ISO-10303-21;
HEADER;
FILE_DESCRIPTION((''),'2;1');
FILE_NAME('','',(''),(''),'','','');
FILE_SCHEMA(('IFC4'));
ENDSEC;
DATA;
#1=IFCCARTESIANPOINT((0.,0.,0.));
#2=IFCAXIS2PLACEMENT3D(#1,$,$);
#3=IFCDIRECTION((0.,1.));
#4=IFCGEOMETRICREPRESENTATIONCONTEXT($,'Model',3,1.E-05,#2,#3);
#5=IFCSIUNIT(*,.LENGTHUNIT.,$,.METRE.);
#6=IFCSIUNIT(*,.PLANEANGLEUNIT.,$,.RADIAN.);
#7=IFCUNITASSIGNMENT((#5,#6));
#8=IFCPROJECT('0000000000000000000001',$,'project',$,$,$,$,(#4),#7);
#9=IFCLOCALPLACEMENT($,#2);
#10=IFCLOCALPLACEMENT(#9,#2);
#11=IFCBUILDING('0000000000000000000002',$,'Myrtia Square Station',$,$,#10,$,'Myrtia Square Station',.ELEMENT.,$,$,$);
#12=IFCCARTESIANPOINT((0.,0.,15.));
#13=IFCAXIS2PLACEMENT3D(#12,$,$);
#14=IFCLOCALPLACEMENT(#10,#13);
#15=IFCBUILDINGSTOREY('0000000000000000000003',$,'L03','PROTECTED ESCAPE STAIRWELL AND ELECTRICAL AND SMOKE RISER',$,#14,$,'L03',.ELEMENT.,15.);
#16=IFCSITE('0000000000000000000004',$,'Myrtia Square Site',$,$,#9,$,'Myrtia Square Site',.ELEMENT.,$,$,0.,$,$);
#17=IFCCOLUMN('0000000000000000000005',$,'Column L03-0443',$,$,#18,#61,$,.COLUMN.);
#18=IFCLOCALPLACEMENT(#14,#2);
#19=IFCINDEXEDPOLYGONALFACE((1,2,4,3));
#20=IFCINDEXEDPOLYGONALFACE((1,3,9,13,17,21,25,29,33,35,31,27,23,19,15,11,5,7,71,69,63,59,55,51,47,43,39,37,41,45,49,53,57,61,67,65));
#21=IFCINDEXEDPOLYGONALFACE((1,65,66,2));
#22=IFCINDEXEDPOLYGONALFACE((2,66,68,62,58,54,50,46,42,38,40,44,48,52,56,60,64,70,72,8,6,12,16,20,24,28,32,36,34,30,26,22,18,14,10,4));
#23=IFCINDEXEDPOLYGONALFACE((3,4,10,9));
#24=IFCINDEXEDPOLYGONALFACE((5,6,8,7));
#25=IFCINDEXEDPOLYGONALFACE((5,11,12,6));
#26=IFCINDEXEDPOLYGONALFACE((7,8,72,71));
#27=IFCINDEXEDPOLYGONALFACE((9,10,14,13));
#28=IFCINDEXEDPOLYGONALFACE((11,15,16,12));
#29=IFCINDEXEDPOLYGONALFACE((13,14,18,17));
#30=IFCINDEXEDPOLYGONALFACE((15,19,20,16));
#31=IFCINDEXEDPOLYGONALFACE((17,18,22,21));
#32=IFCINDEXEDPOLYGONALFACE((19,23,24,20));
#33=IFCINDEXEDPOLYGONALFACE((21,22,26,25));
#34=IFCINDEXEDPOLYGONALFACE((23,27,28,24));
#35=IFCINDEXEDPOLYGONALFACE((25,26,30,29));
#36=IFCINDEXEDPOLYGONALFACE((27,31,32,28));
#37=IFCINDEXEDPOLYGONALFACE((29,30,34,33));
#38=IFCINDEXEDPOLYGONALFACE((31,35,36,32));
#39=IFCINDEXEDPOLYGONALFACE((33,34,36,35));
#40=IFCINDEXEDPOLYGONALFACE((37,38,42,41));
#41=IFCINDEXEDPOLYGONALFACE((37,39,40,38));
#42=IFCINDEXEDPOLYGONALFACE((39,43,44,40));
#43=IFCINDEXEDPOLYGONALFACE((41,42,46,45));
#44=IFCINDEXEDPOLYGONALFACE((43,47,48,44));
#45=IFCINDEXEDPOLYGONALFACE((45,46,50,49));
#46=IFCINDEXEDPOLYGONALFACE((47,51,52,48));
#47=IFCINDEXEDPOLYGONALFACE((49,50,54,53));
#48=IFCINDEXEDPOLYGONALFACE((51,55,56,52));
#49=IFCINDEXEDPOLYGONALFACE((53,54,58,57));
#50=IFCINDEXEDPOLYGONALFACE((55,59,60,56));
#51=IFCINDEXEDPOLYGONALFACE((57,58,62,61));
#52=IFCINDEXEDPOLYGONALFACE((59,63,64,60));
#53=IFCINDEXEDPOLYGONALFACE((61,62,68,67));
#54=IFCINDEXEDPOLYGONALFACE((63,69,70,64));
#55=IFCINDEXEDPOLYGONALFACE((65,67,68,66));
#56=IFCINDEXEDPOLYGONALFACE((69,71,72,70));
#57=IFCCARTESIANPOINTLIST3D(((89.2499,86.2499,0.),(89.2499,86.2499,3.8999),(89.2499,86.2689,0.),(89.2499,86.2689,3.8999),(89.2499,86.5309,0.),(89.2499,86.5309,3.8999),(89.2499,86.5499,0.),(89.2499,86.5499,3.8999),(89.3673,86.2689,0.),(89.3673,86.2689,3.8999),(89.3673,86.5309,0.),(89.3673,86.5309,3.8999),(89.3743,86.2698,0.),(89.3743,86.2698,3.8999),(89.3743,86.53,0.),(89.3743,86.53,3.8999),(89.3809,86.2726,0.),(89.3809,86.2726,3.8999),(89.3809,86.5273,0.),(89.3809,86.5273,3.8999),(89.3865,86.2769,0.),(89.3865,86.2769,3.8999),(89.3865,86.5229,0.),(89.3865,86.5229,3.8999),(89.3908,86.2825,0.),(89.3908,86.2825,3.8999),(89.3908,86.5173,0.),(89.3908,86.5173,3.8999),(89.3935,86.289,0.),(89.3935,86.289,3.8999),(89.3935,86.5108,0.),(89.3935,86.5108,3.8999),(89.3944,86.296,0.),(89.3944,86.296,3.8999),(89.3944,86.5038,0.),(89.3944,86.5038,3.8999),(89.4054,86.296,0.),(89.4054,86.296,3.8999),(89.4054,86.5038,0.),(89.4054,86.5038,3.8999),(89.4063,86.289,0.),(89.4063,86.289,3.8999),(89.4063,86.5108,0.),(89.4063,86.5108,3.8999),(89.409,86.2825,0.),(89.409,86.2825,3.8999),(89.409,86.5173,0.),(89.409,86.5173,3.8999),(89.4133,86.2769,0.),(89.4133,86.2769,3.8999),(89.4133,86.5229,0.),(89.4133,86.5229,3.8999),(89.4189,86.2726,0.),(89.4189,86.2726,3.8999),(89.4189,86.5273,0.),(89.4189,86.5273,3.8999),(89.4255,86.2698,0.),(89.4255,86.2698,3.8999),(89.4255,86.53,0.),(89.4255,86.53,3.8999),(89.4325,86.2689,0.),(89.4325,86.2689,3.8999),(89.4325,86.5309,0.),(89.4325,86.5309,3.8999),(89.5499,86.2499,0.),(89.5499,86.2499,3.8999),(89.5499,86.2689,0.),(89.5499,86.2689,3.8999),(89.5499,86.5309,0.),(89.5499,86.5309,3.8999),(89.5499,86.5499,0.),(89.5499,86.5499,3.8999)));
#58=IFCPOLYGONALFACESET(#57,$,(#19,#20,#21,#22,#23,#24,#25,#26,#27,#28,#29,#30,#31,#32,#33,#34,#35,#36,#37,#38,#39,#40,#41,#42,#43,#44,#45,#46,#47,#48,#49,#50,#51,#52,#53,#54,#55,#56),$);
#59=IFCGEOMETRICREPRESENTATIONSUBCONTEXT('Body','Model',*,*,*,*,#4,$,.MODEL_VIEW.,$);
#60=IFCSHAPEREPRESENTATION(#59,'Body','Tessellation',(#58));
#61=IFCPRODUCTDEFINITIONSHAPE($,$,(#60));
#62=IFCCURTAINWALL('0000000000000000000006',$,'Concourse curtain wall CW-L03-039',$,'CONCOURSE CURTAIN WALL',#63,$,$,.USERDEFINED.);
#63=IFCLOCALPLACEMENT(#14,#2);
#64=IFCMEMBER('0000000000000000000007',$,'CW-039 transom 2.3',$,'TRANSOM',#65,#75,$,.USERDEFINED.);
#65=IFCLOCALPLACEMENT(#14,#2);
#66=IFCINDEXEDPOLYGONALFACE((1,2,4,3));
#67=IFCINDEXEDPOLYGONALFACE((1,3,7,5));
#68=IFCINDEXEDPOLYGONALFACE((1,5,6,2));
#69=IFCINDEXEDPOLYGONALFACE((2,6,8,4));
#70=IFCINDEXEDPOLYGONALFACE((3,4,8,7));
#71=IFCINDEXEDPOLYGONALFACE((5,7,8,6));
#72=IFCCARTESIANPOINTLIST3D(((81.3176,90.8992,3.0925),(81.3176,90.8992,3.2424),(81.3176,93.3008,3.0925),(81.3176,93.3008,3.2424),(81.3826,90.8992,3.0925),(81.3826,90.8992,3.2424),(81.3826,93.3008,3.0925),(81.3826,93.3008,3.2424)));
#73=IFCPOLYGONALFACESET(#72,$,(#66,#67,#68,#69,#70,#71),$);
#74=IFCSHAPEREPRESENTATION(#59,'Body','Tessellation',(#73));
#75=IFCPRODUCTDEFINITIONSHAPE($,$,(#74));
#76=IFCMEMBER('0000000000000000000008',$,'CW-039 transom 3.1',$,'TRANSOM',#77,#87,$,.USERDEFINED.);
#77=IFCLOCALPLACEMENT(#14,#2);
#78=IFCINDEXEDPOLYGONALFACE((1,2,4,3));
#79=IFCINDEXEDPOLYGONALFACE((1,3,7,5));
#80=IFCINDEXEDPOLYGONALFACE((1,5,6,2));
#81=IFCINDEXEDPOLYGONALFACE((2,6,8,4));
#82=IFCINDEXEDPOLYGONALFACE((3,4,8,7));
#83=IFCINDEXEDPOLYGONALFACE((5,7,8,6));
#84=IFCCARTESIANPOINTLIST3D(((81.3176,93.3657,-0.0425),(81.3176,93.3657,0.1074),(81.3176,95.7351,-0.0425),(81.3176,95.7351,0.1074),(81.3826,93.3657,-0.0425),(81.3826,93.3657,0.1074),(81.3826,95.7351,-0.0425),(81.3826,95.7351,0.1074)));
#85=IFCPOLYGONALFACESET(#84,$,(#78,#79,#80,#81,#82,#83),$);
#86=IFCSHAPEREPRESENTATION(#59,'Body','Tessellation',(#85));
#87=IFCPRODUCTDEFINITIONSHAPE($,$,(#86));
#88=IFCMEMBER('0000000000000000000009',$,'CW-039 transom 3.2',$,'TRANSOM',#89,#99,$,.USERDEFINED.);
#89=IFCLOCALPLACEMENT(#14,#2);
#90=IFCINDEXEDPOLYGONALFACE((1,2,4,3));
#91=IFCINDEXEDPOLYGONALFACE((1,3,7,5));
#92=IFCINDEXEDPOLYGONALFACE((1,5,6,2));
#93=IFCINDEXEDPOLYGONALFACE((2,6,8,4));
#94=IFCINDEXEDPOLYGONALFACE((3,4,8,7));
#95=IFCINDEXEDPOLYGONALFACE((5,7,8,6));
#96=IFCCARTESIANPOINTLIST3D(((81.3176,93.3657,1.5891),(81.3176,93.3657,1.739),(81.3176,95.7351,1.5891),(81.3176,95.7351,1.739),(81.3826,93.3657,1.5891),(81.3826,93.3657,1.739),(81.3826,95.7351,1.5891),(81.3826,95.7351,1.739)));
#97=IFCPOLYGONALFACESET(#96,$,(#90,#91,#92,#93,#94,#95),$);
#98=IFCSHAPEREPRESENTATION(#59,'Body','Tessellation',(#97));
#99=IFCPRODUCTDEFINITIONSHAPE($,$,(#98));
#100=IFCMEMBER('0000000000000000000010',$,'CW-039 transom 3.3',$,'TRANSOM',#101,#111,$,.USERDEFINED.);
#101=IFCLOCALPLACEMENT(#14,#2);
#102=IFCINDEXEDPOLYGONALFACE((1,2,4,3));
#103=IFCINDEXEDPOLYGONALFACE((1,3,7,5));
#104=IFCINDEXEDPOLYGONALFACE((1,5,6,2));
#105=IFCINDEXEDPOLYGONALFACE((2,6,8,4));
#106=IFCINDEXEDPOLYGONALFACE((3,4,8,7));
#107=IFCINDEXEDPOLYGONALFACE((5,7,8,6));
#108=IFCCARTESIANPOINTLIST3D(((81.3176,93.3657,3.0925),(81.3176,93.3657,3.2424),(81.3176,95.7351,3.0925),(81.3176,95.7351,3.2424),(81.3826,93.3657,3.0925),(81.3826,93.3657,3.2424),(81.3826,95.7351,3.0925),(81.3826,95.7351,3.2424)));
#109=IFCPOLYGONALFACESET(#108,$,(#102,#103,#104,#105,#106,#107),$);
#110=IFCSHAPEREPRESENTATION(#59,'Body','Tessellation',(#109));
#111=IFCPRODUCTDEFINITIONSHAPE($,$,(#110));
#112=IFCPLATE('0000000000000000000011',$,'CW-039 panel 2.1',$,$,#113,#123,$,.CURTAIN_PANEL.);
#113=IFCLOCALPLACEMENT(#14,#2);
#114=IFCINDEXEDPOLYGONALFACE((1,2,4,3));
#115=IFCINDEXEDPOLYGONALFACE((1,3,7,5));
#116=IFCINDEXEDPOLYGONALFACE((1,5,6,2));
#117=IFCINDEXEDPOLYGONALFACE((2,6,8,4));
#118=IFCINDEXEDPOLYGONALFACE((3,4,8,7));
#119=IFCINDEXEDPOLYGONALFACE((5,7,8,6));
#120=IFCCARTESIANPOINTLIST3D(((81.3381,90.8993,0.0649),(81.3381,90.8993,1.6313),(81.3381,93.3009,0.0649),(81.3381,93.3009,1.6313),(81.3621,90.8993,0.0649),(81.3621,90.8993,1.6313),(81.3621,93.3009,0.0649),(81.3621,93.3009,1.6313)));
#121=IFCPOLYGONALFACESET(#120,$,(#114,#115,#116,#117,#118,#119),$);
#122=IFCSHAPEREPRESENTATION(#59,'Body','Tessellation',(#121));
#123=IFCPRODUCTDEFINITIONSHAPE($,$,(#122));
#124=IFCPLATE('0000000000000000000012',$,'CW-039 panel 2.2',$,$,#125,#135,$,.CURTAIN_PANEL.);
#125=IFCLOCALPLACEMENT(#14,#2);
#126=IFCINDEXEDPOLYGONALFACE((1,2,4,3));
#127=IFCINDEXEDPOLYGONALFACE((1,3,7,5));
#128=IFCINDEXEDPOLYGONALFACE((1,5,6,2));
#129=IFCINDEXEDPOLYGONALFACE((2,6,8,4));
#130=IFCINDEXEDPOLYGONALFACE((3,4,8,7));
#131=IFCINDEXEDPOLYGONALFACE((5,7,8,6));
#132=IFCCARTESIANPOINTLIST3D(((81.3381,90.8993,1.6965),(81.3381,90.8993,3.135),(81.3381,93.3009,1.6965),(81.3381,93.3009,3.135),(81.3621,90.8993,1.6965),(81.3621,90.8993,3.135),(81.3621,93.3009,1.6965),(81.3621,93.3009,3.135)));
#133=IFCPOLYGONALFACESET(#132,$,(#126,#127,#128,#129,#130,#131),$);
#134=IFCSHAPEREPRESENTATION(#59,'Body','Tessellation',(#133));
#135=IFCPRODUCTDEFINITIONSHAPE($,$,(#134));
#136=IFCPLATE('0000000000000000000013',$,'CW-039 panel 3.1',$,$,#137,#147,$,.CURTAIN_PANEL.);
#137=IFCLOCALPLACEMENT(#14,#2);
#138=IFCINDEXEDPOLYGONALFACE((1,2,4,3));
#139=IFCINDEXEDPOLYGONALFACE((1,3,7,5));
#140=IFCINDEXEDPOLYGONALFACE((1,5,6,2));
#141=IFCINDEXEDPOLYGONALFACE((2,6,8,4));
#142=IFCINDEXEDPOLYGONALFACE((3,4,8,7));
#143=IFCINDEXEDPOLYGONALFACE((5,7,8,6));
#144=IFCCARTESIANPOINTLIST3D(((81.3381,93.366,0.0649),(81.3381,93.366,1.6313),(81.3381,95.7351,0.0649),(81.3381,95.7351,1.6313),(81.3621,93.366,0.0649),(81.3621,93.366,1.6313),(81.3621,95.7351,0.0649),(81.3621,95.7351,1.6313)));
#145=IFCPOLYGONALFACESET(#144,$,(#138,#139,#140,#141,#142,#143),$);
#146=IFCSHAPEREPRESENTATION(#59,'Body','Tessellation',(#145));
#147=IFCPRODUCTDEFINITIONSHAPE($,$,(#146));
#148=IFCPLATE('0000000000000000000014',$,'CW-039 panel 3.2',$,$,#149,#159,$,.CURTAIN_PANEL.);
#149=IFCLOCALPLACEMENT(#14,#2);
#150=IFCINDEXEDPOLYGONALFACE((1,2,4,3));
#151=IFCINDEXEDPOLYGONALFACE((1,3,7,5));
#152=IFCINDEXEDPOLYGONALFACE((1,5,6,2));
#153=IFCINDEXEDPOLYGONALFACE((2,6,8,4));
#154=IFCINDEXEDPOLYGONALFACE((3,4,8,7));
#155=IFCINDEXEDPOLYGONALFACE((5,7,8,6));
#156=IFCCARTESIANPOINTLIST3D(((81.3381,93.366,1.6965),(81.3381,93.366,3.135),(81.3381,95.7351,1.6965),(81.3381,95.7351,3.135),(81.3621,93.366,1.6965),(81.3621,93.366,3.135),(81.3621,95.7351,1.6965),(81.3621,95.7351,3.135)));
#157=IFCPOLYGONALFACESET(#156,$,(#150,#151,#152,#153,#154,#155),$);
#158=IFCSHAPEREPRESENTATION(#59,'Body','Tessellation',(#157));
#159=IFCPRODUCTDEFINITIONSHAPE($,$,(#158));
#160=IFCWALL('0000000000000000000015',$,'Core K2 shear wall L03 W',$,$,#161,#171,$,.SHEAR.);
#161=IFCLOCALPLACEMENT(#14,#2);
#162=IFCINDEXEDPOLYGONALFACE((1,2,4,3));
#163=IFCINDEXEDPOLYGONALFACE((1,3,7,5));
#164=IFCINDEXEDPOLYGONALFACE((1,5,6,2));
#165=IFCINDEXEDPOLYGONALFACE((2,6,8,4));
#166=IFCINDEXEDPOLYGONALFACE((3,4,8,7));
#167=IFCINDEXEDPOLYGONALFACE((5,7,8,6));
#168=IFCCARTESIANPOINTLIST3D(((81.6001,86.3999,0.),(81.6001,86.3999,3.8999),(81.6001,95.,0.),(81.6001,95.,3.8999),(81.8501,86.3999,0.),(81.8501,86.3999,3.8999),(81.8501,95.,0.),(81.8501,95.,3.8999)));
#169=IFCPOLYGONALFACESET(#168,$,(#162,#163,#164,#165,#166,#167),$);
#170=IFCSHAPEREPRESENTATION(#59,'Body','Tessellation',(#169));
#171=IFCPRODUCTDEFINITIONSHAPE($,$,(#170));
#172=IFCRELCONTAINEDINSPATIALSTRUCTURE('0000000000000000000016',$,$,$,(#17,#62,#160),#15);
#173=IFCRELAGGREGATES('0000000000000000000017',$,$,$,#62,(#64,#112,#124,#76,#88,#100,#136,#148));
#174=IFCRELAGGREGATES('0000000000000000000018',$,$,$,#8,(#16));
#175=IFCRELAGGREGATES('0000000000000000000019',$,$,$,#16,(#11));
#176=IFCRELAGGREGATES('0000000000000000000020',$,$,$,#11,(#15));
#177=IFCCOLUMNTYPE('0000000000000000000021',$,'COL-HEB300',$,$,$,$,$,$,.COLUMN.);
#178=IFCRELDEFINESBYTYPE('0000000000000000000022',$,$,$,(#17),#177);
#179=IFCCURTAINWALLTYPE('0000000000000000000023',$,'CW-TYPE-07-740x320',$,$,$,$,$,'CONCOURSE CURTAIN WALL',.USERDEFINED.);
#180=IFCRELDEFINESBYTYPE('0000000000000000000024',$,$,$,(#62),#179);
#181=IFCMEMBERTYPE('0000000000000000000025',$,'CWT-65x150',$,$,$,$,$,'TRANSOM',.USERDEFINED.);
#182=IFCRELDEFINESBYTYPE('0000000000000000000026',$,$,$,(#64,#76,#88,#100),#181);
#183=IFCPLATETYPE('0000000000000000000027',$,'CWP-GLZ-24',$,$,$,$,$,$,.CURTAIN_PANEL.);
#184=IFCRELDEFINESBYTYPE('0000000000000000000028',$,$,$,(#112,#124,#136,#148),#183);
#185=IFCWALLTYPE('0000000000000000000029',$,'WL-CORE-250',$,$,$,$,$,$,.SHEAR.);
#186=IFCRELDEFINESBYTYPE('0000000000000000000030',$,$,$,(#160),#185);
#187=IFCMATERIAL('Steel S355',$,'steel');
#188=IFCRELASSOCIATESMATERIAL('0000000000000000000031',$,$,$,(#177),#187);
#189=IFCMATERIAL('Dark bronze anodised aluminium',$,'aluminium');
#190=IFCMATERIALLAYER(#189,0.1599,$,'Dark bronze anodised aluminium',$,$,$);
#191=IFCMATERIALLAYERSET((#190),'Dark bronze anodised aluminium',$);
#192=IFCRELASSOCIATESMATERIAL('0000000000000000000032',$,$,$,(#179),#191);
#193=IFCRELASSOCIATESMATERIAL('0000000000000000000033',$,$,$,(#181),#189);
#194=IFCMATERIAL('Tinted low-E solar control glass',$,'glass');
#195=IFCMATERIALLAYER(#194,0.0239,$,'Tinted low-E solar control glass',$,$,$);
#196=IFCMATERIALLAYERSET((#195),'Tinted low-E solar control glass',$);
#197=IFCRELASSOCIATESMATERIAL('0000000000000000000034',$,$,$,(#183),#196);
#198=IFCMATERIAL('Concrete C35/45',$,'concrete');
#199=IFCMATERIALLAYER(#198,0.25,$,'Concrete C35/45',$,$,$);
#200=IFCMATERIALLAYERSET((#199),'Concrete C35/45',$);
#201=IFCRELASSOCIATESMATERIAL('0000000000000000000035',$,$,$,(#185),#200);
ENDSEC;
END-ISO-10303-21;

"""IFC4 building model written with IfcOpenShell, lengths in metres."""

from ifc_helpers import new_model, si_unit, direction, frame, frame_2d, origin, origin_2d, place, context, subcontext, project, spatial, rectangle, i_section, extrude, material, layer, layer_set, material_profile, profile_set, type_object, element, aggregate, save


model = new_model("IFC4")

# Units and contexts
model_context = context("Model", 3, precision=1e-05, world=origin(), true_north=direction((0.0, 1.0)))
body_context = subcontext(model_context, "Body", "Model", "MODEL_VIEW")
ifc_project = project(units=[si_unit("LENGTHUNIT", "METRE"), si_unit("PLANEANGLEUNIT", "RADIAN")], contexts=[model_context])

# Site, building, storey
site_placement = place(None, origin())
site = spatial("IfcSite", under=ifc_project, at=site_placement, Name="Myrtia Square Site", LongName="Myrtia Square Site", CompositionType="ELEMENT", RefElevation=0.0)
building_placement = place(site_placement, origin())
building = spatial("IfcBuilding", under=site, at=building_placement, Name="Myrtia Square Station", LongName="Myrtia Square Station", CompositionType="ELEMENT")
storey_placement = place(building_placement, frame((0.0, 0.0, 15.0)))
storey = spatial("IfcBuildingStorey", under=building, at=storey_placement, Name="L03", Description="PROTECTED ESCAPE STAIRWELL AND ELECTRICAL AND SMOKE RISER", LongName="L03", CompositionType="ELEMENT", Elevation=15.0)

# Column
ifc_material_1 = material(Name="Steel S355", Category="steel")
ifc_material_profile_1 = material_profile(ifc_material_1, i_section(OverallWidth=0.3, OverallDepth=0.3, WebThickness=0.011, FlangeThickness=0.019, FilletRadius=0.0271, at=origin_2d()), Name="HEB 300")
ifc_profile_set_1 = profile_set([ifc_material_profile_1], Name="Steel S355")
column_type = type_object("IfcColumnType", Name="COL-HEB300", PredefinedType="COLUMN", material=ifc_profile_set_1)
column_placement = place(storey_placement, frame((89.3999, 86.3999, 0.0), z_axis=(0.0, 0.0, 1.0), x_axis=(1.0, 0.0, 0.0)))
element("IfcColumn", 1, at=column_placement, inside=storey, type_object=column_type, Name="Column L03-0443", PredefinedType="COLUMN", context=body_context, shape_type="SweptSolid", body=[
    extrude(i_section(OverallWidth=0.3, OverallDepth=0.3, WebThickness=0.011, FlangeThickness=0.019, FilletRadius=0.0271, at=origin_2d()), origin(), (0.0, 0.0, 1.0), 3.8999),
])

# Curtain wall, members, plates
ifc_material_2 = material(Name="Dark bronze anodised aluminium", Category="aluminium")
ifc_layer_1 = layer(ifc_material_2, 0.1599, Name="Dark bronze anodised aluminium")
ifc_layer_set_1 = layer_set([ifc_layer_1], Name="Dark bronze anodised aluminium")
curtain_wall_type = type_object("IfcCurtainWallType", Name="CW-TYPE-07-740x320", ElementType="CONCOURSE CURTAIN WALL", PredefinedType="USERDEFINED", material=ifc_layer_set_1)
curtain_wall_placement = place(storey_placement, origin())
curtain_wall = element("IfcCurtainWall", 2, at=curtain_wall_placement, inside=storey, type_object=curtain_wall_type, Name="Concourse curtain wall CW-L03-039", ObjectType="CONCOURSE CURTAIN WALL", PredefinedType="USERDEFINED")
ifc_material_profile_2 = material_profile(ifc_material_2, rectangle(XDim=0.0649, YDim=0.1499, at=origin_2d()), Name="ALU-T 65x150")
ifc_profile_set_2 = profile_set([ifc_material_profile_2], Name="Dark bronze anodised aluminium")
member_type = type_object("IfcMemberType", Name="CWT-65x150", ElementType="TRANSOM", PredefinedType="USERDEFINED", material=ifc_profile_set_2)
member_1_placement = place(storey_placement, frame((81.3501, 90.8992, 3.1675), z_axis=(0.0, 1.0, 0.0), x_axis=(-1.0, 0.0, 0.0)))
member_1 = element("IfcMember", 3, at=member_1_placement, type_object=member_type, Name="CW-039 transom 2.3", ObjectType="TRANSOM", PredefinedType="USERDEFINED", context=body_context, shape_type="SweptSolid", body=[
    extrude(rectangle(XDim=0.0649, YDim=0.1499, at=origin_2d()), origin(), (0.0, 0.0, 1.0), 2.4016),
])
member_2_placement = place(storey_placement, frame((81.3501, 93.3657, 0.0325), z_axis=(0.0, 1.0, 0.0), x_axis=(-1.0, 0.0, 0.0)))
member_2 = element("IfcMember", 4, at=member_2_placement, type_object=member_type, Name="CW-039 transom 3.1", ObjectType="TRANSOM", PredefinedType="USERDEFINED", context=body_context, shape_type="SweptSolid", body=[
    extrude(rectangle(XDim=0.0649, YDim=0.1499, at=origin_2d()), origin(), (0.0, 0.0, 1.0), 2.3694),
])
member_3_placement = place(storey_placement, frame((81.3501, 93.3657, 1.6641), z_axis=(0.0, 1.0, 0.0), x_axis=(-1.0, 0.0, 0.0)))
member_3 = element("IfcMember", 5, at=member_3_placement, type_object=member_type, Name="CW-039 transom 3.2", ObjectType="TRANSOM", PredefinedType="USERDEFINED", context=body_context, shape_type="SweptSolid", body=[
    extrude(rectangle(XDim=0.0649, YDim=0.1499, at=origin_2d()), origin(), (0.0, 0.0, 1.0), 2.3694),
])
member_4_placement = place(storey_placement, frame((81.3501, 93.3657, 3.1675), z_axis=(0.0, 1.0, 0.0), x_axis=(-1.0, 0.0, 0.0)))
member_4 = element("IfcMember", 6, at=member_4_placement, type_object=member_type, Name="CW-039 transom 3.3", ObjectType="TRANSOM", PredefinedType="USERDEFINED", context=body_context, shape_type="SweptSolid", body=[
    extrude(rectangle(XDim=0.0649, YDim=0.1499, at=origin_2d()), origin(), (0.0, 0.0, 1.0), 2.3694),
])
ifc_material_3 = material(Name="Tinted low-E solar control glass", Category="glass")
ifc_layer_2 = layer(ifc_material_3, 0.0239, Name="Tinted low-E solar control glass")
ifc_layer_set_2 = layer_set([ifc_layer_2], Name="Tinted low-E solar control glass")
plate_type = type_object("IfcPlateType", Name="CWP-GLZ-24", PredefinedType="CURTAIN_PANEL", material=ifc_layer_set_2)
plate_1_placement = place(storey_placement, frame((81.3501, 92.1001, 0.0649), z_axis=(0.0, 0.0, 1.0), x_axis=(0.0, 1.0, 0.0)))
plate_1 = element("IfcPlate", 7, at=plate_1_placement, type_object=plate_type, Name="CW-039 panel 2.1", PredefinedType="CURTAIN_PANEL", context=body_context, shape_type="SweptSolid", body=[
    extrude(rectangle(XDim=2.4016, YDim=0.0239, at=origin_2d()), origin(), (0.0, 0.0, 1.0), 1.5664),
])
plate_2_placement = place(storey_placement, frame((81.3501, 92.1001, 1.6965), z_axis=(0.0, 0.0, 1.0), x_axis=(0.0, 1.0, 0.0)))
plate_2 = element("IfcPlate", 8, at=plate_2_placement, type_object=plate_type, Name="CW-039 panel 2.2", PredefinedType="CURTAIN_PANEL", context=body_context, shape_type="SweptSolid", body=[
    extrude(rectangle(XDim=2.4016, YDim=0.0239, at=origin_2d()), origin(), (0.0, 0.0, 1.0), 1.4385),
])
plate_3_placement = place(storey_placement, frame((81.3501, 94.5505, 0.0649), z_axis=(0.0, 0.0, 1.0), x_axis=(0.0, 1.0, 0.0)))
plate_3 = element("IfcPlate", 9, at=plate_3_placement, type_object=plate_type, Name="CW-039 panel 3.1", PredefinedType="CURTAIN_PANEL", context=body_context, shape_type="SweptSolid", body=[
    extrude(rectangle(XDim=2.3691, YDim=0.0239, at=origin_2d()), origin(), (0.0, 0.0, 1.0), 1.5664),
])
plate_4_placement = place(storey_placement, frame((81.3501, 94.5505, 1.6965), z_axis=(0.0, 0.0, 1.0), x_axis=(0.0, 1.0, 0.0)))
plate_4 = element("IfcPlate", 10, at=plate_4_placement, type_object=plate_type, Name="CW-039 panel 3.2", PredefinedType="CURTAIN_PANEL", context=body_context, shape_type="SweptSolid", body=[
    extrude(rectangle(XDim=2.3691, YDim=0.0239, at=origin_2d()), origin(), (0.0, 0.0, 1.0), 1.4385),
])
aggregate(curtain_wall, [member_1, plate_1, plate_2, member_2, member_3, member_4, plate_3, plate_4])

# Shared definitions
ifc_material_4 = material(Name="Concrete C35/45", Category="concrete")
ifc_layer_3 = layer(ifc_material_4, 0.25, Name="Concrete C35/45")
ifc_layer_set_3 = layer_set([ifc_layer_3], Name="Concrete C35/45")
wall_type_1 = type_object("IfcWallType", Name="WL-CORE-250", PredefinedType="SHEAR", material=ifc_layer_set_3)

# Wall
wall_1_placement = place(storey_placement, frame((81.7251, 86.3999, 0.0), z_axis=(0.0, 0.0, 1.0), x_axis=(0.0, 1.0, 0.0)))
element("IfcWall", 11, at=wall_1_placement, inside=storey, type_object=wall_type_1, Name="Core K2 shear wall L03 W", PredefinedType="SHEAR", context=body_context, shape_type="SweptSolid", body=[
    extrude(rectangle(XDim=8.6001, YDim=0.25, at=frame_2d((4.3, 0.0))), origin(), (0.0, 0.0, 1.0), 3.8999),
])

save(model, "model.ifc")
